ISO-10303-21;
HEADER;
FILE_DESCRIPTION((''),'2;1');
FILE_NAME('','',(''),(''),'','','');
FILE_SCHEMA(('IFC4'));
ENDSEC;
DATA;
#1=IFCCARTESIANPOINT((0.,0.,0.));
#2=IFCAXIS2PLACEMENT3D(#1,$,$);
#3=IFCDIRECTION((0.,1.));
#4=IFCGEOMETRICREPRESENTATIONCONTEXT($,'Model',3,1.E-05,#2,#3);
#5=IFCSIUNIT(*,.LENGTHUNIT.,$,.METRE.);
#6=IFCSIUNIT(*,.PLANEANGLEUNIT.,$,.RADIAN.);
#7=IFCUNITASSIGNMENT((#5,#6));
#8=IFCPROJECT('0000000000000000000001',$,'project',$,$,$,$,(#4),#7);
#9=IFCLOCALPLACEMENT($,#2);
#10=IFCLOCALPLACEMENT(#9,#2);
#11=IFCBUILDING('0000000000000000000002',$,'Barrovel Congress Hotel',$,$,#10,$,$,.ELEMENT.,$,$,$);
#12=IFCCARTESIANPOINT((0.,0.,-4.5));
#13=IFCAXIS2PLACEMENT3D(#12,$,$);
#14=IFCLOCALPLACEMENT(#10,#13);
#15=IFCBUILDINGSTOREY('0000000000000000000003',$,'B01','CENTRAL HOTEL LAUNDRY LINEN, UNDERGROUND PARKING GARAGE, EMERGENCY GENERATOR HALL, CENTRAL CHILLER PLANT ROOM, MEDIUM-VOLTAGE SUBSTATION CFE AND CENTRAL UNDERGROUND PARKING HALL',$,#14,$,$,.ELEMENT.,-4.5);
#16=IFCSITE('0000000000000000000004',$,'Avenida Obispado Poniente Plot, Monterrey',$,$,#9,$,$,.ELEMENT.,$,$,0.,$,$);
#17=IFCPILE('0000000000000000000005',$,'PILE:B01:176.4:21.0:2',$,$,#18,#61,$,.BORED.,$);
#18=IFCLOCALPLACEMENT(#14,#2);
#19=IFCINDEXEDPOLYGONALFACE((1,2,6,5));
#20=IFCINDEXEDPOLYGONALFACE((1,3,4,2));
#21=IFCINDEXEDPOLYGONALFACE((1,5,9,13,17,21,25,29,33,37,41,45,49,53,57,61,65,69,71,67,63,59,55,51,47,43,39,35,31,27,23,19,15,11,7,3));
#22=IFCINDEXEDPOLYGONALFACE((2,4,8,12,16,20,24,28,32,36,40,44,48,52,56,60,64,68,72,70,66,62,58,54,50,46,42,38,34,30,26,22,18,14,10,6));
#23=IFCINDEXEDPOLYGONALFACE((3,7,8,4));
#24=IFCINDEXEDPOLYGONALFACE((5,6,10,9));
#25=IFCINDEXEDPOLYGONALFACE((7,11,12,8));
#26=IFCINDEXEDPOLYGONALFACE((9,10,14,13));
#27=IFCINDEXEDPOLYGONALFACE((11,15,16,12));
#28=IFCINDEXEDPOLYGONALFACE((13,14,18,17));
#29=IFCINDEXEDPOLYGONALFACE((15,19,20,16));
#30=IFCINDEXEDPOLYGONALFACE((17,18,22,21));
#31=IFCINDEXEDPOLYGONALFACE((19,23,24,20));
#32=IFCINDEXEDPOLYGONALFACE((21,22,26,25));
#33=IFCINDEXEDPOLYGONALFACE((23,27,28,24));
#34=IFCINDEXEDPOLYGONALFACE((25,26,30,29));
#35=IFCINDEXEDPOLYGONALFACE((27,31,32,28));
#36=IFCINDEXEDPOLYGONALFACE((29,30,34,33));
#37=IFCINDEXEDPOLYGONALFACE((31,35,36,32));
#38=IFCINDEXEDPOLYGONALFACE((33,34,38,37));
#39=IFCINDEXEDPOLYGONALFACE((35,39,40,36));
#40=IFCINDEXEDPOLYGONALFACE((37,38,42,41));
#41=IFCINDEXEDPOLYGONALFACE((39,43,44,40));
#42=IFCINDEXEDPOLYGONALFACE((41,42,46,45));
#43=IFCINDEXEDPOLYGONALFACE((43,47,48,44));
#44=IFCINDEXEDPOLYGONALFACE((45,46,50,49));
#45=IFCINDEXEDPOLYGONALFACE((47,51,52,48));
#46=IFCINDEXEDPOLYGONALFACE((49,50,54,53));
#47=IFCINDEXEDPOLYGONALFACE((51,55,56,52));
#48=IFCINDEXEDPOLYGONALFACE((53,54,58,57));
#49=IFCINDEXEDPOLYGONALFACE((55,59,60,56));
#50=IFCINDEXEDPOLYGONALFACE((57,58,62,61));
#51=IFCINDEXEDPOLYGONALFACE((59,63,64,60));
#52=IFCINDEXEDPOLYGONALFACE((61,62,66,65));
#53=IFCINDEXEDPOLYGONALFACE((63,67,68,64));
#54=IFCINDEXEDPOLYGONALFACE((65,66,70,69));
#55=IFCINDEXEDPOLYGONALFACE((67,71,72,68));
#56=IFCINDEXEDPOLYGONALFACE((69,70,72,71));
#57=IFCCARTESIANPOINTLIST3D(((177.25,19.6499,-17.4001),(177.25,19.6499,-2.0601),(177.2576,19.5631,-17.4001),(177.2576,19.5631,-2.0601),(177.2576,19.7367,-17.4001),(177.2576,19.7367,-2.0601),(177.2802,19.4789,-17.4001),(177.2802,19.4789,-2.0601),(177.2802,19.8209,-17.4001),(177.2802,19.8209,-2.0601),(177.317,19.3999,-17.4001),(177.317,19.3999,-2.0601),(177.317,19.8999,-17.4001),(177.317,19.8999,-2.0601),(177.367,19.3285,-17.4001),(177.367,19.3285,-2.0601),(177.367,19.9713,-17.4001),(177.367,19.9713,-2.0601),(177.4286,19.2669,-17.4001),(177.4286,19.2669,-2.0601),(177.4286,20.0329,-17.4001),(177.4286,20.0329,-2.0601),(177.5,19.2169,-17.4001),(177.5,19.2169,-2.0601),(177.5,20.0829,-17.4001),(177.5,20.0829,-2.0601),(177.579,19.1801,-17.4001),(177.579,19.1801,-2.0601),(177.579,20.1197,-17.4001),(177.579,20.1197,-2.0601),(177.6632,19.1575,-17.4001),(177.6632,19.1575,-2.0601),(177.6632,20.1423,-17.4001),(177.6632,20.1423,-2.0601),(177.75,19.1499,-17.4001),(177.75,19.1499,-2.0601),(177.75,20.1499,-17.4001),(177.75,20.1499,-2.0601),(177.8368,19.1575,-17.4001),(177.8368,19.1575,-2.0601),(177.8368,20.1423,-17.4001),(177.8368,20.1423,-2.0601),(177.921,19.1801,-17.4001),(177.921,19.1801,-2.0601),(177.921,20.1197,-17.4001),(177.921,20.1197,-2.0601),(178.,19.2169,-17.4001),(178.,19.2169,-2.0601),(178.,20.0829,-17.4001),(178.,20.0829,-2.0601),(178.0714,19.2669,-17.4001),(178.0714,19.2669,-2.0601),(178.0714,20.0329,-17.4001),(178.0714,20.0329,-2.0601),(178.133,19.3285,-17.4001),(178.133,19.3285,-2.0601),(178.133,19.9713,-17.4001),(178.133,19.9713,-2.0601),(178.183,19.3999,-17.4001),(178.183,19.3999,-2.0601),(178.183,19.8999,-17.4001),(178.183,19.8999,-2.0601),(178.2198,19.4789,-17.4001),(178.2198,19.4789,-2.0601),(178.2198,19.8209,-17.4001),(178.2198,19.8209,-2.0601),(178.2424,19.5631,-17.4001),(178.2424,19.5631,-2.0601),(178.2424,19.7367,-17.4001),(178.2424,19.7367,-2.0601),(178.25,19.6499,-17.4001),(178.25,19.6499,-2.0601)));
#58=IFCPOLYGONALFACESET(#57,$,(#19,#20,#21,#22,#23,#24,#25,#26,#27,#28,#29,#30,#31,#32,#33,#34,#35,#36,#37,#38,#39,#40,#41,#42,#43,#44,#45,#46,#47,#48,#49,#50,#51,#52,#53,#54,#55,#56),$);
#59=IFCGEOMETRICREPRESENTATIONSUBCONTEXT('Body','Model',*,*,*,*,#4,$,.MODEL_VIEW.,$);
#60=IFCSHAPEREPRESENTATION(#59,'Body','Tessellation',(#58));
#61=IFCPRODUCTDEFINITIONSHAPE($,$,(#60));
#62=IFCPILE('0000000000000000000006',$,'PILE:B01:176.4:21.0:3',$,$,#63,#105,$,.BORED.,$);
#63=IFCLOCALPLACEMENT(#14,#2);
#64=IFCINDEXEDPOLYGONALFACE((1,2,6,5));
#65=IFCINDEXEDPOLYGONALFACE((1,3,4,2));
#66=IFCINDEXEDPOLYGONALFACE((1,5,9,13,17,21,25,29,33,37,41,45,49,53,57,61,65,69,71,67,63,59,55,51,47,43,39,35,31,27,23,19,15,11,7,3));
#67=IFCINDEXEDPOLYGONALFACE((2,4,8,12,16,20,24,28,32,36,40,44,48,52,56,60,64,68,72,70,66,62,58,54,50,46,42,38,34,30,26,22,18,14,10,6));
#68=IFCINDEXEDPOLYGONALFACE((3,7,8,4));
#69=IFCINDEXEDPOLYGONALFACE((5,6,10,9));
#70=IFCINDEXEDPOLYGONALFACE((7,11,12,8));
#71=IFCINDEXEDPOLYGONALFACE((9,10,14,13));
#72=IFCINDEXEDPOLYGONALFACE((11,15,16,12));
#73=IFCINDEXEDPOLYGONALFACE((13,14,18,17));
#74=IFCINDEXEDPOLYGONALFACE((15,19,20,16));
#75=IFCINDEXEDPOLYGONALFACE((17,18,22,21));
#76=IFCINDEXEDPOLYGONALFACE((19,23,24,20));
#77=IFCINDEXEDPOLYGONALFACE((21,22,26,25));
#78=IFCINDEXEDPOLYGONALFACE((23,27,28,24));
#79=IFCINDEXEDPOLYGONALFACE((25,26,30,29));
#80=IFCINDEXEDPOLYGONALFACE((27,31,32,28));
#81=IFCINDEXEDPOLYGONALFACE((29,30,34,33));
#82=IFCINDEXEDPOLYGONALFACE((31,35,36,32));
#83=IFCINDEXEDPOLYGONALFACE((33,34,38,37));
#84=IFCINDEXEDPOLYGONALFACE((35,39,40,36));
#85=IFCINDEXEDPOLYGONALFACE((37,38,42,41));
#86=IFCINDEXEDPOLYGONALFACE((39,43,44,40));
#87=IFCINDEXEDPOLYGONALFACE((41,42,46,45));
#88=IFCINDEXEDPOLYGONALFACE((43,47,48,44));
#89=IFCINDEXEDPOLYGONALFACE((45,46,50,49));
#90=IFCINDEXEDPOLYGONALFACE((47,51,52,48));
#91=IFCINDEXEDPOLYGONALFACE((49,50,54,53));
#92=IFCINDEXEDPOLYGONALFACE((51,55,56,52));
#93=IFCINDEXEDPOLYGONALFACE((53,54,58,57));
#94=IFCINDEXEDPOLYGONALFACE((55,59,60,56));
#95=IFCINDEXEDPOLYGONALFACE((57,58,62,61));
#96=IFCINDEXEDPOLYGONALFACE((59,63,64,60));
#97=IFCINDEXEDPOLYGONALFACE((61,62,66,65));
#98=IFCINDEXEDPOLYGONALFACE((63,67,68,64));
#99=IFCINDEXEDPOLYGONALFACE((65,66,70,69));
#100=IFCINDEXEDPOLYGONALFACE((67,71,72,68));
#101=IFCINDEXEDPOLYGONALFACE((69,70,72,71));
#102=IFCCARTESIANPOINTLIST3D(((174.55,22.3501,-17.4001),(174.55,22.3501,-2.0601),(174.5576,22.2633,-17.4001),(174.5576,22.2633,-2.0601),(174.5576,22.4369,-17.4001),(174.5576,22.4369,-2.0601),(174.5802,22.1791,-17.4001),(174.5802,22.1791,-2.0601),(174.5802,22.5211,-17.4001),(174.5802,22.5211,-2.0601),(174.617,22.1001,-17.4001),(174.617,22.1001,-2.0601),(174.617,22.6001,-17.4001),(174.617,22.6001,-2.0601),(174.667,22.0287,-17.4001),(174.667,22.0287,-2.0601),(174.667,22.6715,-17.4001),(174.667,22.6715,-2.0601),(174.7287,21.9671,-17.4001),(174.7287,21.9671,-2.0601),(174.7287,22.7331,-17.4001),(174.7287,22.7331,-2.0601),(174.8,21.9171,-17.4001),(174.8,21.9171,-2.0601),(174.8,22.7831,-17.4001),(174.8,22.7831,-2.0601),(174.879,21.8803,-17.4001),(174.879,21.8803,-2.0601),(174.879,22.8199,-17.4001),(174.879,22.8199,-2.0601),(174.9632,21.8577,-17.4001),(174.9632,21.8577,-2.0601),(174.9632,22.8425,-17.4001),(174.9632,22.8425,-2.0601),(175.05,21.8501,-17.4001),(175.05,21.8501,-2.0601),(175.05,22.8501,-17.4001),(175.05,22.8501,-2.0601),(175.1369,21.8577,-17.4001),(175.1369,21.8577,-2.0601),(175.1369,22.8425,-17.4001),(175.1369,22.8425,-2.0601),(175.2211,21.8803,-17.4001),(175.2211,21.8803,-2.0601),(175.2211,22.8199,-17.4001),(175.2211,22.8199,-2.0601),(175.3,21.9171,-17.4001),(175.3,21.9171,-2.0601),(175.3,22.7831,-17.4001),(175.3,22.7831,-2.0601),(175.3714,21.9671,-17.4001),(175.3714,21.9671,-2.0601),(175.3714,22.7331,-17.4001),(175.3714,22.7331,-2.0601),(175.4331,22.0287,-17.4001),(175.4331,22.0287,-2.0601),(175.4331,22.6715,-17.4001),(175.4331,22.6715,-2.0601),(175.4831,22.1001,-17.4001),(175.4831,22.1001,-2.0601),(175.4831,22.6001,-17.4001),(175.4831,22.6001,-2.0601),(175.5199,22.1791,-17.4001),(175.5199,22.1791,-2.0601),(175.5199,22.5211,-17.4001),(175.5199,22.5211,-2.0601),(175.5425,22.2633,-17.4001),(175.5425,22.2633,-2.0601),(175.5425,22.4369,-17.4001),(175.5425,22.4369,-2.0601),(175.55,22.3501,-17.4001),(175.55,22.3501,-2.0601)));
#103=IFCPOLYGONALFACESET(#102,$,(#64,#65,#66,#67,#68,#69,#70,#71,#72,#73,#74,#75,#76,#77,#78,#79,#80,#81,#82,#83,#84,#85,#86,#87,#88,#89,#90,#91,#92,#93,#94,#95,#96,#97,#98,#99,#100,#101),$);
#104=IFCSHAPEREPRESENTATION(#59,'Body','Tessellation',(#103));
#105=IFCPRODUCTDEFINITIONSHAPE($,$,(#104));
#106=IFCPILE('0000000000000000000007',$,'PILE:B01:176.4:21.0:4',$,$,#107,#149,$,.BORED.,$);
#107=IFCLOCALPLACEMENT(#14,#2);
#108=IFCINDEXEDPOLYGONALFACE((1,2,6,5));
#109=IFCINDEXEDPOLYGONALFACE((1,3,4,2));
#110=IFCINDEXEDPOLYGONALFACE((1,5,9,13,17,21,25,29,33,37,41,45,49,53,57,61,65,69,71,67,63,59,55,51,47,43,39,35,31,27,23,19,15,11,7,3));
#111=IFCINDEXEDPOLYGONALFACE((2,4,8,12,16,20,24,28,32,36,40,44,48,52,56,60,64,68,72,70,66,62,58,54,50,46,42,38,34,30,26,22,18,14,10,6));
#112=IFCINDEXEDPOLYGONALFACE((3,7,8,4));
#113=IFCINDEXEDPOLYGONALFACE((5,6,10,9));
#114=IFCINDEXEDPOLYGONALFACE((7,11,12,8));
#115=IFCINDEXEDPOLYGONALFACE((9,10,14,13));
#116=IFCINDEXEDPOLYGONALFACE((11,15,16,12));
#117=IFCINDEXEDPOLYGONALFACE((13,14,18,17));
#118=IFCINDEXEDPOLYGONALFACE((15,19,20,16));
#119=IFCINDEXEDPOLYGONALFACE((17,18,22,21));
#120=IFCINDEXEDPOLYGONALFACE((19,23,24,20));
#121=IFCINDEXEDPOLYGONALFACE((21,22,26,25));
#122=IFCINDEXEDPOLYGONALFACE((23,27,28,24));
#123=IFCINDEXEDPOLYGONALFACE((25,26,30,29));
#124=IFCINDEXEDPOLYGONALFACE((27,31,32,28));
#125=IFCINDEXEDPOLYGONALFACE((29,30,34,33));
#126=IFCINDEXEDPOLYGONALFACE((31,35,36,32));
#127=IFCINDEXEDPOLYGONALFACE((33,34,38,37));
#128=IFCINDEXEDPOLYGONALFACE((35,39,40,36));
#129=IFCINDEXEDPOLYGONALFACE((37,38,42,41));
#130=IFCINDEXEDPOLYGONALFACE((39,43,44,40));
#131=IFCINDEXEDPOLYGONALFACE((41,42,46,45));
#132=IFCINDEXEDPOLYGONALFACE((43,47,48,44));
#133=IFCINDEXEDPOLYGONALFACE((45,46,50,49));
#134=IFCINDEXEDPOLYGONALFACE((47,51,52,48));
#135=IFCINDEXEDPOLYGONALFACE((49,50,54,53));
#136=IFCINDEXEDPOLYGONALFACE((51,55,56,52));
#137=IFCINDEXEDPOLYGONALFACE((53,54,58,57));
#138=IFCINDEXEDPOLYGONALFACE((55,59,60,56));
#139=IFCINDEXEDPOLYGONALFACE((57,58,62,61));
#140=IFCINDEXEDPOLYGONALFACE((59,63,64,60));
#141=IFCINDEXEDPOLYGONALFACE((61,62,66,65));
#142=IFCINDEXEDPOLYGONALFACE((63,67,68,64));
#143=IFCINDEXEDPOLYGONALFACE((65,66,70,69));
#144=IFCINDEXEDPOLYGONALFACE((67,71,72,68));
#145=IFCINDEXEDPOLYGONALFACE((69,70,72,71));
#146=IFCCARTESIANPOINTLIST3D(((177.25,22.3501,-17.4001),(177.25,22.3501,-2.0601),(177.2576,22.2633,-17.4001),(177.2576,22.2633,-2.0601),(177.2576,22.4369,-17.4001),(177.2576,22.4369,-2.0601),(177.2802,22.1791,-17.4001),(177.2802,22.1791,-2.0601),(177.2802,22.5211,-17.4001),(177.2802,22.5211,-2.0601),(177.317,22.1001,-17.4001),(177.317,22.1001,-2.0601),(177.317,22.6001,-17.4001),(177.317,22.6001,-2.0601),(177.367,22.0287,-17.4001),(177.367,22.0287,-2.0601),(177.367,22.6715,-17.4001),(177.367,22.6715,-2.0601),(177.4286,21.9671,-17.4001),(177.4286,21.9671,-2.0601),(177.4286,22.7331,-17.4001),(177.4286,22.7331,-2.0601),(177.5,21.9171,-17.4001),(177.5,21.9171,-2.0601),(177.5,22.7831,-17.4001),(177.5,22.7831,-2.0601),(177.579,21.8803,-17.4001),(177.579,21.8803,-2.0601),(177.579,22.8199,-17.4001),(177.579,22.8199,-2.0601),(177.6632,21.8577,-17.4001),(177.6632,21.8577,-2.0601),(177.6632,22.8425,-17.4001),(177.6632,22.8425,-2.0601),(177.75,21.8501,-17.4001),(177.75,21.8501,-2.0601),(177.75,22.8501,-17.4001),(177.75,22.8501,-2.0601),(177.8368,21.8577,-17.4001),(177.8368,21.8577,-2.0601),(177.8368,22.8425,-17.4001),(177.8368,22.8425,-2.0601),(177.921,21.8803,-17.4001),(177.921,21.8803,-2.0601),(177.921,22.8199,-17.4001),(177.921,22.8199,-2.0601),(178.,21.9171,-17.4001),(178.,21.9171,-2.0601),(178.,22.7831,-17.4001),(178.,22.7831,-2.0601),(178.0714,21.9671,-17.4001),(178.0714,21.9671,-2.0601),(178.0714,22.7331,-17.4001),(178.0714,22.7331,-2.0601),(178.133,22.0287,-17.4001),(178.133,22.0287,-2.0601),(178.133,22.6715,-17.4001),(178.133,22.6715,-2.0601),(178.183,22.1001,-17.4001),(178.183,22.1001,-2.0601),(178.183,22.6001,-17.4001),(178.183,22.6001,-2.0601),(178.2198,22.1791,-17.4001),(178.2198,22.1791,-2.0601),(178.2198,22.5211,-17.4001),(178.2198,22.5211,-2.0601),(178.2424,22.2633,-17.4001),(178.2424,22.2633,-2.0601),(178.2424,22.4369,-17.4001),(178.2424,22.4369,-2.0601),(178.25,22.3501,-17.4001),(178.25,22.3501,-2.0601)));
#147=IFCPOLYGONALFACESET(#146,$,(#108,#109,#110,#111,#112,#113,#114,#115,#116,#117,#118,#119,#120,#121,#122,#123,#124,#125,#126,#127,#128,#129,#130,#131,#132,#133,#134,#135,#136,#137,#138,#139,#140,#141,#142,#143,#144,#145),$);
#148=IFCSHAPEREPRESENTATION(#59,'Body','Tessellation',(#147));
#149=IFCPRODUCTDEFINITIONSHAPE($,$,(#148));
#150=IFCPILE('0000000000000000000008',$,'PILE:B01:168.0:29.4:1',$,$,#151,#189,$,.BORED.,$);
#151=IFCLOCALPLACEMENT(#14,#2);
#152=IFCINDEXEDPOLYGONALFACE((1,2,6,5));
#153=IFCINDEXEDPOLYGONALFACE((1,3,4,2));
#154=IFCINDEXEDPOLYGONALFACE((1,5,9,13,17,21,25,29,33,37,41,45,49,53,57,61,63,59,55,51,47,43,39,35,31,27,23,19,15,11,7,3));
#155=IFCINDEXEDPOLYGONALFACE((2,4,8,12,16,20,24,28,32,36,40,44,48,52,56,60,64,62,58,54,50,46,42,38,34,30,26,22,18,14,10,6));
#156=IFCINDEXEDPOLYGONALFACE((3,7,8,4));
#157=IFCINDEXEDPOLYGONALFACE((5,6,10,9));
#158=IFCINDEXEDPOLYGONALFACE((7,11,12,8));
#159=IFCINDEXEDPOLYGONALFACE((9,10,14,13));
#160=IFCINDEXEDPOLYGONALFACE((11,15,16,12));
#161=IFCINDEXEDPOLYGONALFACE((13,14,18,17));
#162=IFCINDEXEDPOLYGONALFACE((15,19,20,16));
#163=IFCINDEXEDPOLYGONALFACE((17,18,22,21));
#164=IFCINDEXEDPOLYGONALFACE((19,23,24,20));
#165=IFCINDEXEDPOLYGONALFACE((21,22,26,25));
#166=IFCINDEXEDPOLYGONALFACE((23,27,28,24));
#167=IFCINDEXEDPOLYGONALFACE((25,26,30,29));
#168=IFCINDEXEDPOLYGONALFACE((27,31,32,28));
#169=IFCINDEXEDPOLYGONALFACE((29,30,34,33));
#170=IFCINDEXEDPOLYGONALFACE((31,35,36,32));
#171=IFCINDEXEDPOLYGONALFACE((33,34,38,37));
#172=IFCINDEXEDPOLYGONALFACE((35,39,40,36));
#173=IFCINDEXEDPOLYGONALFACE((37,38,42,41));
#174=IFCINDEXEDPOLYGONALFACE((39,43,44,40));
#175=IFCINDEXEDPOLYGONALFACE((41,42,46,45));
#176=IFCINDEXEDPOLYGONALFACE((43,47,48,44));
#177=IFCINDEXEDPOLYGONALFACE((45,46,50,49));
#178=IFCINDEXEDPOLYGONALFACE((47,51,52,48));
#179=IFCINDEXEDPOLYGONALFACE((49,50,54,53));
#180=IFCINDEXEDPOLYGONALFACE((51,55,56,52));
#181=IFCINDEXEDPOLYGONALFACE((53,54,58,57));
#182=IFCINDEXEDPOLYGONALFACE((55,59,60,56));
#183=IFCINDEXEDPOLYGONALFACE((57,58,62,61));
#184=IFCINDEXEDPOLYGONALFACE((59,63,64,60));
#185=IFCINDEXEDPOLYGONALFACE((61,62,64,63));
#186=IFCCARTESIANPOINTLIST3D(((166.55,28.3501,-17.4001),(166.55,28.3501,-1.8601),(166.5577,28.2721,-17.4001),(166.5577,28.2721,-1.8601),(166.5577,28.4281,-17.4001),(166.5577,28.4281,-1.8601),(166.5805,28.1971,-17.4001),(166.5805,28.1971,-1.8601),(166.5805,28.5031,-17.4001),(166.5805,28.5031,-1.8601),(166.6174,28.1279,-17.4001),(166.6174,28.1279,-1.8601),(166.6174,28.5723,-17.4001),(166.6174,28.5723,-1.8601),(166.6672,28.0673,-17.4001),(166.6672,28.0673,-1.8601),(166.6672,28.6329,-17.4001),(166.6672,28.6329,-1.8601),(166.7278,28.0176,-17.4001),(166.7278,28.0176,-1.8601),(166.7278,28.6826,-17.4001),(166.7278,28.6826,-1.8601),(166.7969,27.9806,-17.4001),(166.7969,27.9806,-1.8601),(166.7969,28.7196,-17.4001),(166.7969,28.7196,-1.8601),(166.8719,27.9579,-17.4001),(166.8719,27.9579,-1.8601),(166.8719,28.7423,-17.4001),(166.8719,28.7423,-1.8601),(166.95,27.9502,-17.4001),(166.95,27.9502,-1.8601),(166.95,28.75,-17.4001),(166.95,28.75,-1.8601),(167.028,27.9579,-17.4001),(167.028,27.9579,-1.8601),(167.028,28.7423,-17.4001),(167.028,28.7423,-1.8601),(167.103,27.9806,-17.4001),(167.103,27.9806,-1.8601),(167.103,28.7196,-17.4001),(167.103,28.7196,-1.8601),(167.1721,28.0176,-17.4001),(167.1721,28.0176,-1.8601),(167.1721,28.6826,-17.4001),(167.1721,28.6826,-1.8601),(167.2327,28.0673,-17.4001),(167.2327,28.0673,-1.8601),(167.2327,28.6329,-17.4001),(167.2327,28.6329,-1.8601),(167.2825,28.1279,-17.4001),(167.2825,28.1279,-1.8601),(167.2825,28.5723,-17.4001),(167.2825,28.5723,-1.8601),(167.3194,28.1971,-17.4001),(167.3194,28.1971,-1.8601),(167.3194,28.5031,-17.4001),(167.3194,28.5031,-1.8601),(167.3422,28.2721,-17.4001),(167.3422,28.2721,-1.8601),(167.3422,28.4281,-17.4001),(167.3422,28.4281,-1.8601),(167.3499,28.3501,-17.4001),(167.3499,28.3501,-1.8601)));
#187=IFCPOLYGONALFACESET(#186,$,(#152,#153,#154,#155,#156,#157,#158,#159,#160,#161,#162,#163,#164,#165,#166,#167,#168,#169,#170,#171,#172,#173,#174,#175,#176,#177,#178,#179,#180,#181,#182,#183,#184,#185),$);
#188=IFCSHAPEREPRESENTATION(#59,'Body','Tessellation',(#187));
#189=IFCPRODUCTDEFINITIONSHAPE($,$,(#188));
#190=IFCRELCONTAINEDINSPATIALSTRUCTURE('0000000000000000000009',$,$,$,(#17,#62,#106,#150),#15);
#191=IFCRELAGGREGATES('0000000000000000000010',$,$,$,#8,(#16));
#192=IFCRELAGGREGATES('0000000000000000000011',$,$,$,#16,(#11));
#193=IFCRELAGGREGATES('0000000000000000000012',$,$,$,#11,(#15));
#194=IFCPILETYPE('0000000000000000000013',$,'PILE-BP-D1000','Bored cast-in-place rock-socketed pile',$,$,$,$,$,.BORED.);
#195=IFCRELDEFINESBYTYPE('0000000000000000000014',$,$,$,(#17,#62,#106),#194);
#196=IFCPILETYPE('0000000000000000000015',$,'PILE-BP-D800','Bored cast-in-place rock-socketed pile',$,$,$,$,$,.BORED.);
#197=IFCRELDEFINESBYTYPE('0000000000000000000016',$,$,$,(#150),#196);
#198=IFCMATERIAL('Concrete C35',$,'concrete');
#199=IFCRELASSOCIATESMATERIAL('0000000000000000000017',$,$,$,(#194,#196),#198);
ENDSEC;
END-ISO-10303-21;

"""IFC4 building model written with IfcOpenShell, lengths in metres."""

from ifc_helpers import new_model, si_unit, direction, frame, origin, origin_2d, place, context, subcontext, project, spatial, circle, extrude, material, material_profile, profile_set, type_object, element, save


model = new_model("IFC4")

# Units and contexts
model_context = context("Model", 3, precision=1e-05, world=origin(), true_north=direction((0.0, 1.0)))
body_context = subcontext(model_context, "Body", "Model", "MODEL_VIEW")
ifc_project = project(units=[si_unit("LENGTHUNIT", "METRE"), si_unit("PLANEANGLEUNIT", "RADIAN")], contexts=[model_context])

# Site, building, storey
site_placement = place(None, origin())
site = spatial("IfcSite", under=ifc_project, at=site_placement, Name="Avenida Obispado Poniente Plot, Monterrey", CompositionType="ELEMENT", RefElevation=0.0)
building_placement = place(site_placement, origin())
building = spatial("IfcBuilding", under=site, at=building_placement, Name="Barrovel Congress Hotel", CompositionType="ELEMENT")
storey_placement = place(building_placement, frame((0.0, 0.0, -4.5)))
storey = spatial("IfcBuildingStorey", under=building, at=storey_placement, Name="B01", Description="CENTRAL HOTEL LAUNDRY LINEN, UNDERGROUND PARKING GARAGE, EMERGENCY GENERATOR HALL, CENTRAL CHILLER PLANT ROOM, MEDIUM-VOLTAGE SUBSTATION CFE AND CENTRAL UNDERGROUND PARKING HALL", CompositionType="ELEMENT", Elevation=-4.5)

# Piles
ifc_material_1 = material(Name="Concrete C35", Category="concrete")
ifc_material_profile_1 = material_profile(ifc_material_1, circle(Radius=0.5, at=origin_2d()), Name="BP-D1000")
ifc_profile_set_1 = profile_set([ifc_material_profile_1], Name="Concrete C35")
pile_type_1 = type_object("IfcPileType", Name="PILE-BP-D1000", Description="Bored cast-in-place rock-socketed pile", PredefinedType="BORED", material=ifc_profile_set_1)
for number, where, z_axis, x_axis, name in (
    (1, (177.75, 19.6499, -2.0601), (0.0, 0.0, -1.0), (1.0, 0.0, 0.0), "PILE:B01:176.4:21.0:2"),
    (2, (175.05, 22.3501, -2.0601), (0.0, 0.0, -1.0), (1.0, 0.0, 0.0), "PILE:B01:176.4:21.0:3"),
    (3, (177.75, 22.3501, -2.0601), (0.0, 0.0, -1.0), (1.0, 0.0, 0.0), "PILE:B01:176.4:21.0:4"),
):
    element("IfcPile", number, at=place(storey_placement, frame(where, z_axis=z_axis, x_axis=x_axis)), inside=storey, type_object=pile_type_1, Name=name, PredefinedType="BORED", context=body_context, shape_type="SweptSolid", body=[
        extrude(circle(Radius=0.5, at=origin_2d()), origin(), (0.0, 0.0, 1.0), 15.3401),
    ])
ifc_material_profile_2 = material_profile(ifc_material_1, circle(Radius=0.3999, at=origin_2d()), Name="BP-D800")
ifc_profile_set_2 = profile_set([ifc_material_profile_2], Name="Concrete C35")
pile_type_2 = type_object("IfcPileType", Name="PILE-BP-D800", Description="Bored cast-in-place rock-socketed pile", PredefinedType="BORED", material=ifc_profile_set_2)
for number, where, z_axis, x_axis, name in (
    (4, (166.95, 28.3501, -1.8601), (0.0, 0.0, -1.0), (1.0, 0.0, 0.0), "PILE:B01:168.0:29.4:1"),
):
    element("IfcPile", number, at=place(storey_placement, frame(where, z_axis=z_axis, x_axis=x_axis)), inside=storey, type_object=pile_type_2, Name=name, PredefinedType="BORED", context=body_context, shape_type="SweptSolid", body=[
        extrude(circle(Radius=0.3999, at=origin_2d()), origin(), (0.0, 0.0, 1.0), 15.54),
    ])

save(model, "model.ifc")
